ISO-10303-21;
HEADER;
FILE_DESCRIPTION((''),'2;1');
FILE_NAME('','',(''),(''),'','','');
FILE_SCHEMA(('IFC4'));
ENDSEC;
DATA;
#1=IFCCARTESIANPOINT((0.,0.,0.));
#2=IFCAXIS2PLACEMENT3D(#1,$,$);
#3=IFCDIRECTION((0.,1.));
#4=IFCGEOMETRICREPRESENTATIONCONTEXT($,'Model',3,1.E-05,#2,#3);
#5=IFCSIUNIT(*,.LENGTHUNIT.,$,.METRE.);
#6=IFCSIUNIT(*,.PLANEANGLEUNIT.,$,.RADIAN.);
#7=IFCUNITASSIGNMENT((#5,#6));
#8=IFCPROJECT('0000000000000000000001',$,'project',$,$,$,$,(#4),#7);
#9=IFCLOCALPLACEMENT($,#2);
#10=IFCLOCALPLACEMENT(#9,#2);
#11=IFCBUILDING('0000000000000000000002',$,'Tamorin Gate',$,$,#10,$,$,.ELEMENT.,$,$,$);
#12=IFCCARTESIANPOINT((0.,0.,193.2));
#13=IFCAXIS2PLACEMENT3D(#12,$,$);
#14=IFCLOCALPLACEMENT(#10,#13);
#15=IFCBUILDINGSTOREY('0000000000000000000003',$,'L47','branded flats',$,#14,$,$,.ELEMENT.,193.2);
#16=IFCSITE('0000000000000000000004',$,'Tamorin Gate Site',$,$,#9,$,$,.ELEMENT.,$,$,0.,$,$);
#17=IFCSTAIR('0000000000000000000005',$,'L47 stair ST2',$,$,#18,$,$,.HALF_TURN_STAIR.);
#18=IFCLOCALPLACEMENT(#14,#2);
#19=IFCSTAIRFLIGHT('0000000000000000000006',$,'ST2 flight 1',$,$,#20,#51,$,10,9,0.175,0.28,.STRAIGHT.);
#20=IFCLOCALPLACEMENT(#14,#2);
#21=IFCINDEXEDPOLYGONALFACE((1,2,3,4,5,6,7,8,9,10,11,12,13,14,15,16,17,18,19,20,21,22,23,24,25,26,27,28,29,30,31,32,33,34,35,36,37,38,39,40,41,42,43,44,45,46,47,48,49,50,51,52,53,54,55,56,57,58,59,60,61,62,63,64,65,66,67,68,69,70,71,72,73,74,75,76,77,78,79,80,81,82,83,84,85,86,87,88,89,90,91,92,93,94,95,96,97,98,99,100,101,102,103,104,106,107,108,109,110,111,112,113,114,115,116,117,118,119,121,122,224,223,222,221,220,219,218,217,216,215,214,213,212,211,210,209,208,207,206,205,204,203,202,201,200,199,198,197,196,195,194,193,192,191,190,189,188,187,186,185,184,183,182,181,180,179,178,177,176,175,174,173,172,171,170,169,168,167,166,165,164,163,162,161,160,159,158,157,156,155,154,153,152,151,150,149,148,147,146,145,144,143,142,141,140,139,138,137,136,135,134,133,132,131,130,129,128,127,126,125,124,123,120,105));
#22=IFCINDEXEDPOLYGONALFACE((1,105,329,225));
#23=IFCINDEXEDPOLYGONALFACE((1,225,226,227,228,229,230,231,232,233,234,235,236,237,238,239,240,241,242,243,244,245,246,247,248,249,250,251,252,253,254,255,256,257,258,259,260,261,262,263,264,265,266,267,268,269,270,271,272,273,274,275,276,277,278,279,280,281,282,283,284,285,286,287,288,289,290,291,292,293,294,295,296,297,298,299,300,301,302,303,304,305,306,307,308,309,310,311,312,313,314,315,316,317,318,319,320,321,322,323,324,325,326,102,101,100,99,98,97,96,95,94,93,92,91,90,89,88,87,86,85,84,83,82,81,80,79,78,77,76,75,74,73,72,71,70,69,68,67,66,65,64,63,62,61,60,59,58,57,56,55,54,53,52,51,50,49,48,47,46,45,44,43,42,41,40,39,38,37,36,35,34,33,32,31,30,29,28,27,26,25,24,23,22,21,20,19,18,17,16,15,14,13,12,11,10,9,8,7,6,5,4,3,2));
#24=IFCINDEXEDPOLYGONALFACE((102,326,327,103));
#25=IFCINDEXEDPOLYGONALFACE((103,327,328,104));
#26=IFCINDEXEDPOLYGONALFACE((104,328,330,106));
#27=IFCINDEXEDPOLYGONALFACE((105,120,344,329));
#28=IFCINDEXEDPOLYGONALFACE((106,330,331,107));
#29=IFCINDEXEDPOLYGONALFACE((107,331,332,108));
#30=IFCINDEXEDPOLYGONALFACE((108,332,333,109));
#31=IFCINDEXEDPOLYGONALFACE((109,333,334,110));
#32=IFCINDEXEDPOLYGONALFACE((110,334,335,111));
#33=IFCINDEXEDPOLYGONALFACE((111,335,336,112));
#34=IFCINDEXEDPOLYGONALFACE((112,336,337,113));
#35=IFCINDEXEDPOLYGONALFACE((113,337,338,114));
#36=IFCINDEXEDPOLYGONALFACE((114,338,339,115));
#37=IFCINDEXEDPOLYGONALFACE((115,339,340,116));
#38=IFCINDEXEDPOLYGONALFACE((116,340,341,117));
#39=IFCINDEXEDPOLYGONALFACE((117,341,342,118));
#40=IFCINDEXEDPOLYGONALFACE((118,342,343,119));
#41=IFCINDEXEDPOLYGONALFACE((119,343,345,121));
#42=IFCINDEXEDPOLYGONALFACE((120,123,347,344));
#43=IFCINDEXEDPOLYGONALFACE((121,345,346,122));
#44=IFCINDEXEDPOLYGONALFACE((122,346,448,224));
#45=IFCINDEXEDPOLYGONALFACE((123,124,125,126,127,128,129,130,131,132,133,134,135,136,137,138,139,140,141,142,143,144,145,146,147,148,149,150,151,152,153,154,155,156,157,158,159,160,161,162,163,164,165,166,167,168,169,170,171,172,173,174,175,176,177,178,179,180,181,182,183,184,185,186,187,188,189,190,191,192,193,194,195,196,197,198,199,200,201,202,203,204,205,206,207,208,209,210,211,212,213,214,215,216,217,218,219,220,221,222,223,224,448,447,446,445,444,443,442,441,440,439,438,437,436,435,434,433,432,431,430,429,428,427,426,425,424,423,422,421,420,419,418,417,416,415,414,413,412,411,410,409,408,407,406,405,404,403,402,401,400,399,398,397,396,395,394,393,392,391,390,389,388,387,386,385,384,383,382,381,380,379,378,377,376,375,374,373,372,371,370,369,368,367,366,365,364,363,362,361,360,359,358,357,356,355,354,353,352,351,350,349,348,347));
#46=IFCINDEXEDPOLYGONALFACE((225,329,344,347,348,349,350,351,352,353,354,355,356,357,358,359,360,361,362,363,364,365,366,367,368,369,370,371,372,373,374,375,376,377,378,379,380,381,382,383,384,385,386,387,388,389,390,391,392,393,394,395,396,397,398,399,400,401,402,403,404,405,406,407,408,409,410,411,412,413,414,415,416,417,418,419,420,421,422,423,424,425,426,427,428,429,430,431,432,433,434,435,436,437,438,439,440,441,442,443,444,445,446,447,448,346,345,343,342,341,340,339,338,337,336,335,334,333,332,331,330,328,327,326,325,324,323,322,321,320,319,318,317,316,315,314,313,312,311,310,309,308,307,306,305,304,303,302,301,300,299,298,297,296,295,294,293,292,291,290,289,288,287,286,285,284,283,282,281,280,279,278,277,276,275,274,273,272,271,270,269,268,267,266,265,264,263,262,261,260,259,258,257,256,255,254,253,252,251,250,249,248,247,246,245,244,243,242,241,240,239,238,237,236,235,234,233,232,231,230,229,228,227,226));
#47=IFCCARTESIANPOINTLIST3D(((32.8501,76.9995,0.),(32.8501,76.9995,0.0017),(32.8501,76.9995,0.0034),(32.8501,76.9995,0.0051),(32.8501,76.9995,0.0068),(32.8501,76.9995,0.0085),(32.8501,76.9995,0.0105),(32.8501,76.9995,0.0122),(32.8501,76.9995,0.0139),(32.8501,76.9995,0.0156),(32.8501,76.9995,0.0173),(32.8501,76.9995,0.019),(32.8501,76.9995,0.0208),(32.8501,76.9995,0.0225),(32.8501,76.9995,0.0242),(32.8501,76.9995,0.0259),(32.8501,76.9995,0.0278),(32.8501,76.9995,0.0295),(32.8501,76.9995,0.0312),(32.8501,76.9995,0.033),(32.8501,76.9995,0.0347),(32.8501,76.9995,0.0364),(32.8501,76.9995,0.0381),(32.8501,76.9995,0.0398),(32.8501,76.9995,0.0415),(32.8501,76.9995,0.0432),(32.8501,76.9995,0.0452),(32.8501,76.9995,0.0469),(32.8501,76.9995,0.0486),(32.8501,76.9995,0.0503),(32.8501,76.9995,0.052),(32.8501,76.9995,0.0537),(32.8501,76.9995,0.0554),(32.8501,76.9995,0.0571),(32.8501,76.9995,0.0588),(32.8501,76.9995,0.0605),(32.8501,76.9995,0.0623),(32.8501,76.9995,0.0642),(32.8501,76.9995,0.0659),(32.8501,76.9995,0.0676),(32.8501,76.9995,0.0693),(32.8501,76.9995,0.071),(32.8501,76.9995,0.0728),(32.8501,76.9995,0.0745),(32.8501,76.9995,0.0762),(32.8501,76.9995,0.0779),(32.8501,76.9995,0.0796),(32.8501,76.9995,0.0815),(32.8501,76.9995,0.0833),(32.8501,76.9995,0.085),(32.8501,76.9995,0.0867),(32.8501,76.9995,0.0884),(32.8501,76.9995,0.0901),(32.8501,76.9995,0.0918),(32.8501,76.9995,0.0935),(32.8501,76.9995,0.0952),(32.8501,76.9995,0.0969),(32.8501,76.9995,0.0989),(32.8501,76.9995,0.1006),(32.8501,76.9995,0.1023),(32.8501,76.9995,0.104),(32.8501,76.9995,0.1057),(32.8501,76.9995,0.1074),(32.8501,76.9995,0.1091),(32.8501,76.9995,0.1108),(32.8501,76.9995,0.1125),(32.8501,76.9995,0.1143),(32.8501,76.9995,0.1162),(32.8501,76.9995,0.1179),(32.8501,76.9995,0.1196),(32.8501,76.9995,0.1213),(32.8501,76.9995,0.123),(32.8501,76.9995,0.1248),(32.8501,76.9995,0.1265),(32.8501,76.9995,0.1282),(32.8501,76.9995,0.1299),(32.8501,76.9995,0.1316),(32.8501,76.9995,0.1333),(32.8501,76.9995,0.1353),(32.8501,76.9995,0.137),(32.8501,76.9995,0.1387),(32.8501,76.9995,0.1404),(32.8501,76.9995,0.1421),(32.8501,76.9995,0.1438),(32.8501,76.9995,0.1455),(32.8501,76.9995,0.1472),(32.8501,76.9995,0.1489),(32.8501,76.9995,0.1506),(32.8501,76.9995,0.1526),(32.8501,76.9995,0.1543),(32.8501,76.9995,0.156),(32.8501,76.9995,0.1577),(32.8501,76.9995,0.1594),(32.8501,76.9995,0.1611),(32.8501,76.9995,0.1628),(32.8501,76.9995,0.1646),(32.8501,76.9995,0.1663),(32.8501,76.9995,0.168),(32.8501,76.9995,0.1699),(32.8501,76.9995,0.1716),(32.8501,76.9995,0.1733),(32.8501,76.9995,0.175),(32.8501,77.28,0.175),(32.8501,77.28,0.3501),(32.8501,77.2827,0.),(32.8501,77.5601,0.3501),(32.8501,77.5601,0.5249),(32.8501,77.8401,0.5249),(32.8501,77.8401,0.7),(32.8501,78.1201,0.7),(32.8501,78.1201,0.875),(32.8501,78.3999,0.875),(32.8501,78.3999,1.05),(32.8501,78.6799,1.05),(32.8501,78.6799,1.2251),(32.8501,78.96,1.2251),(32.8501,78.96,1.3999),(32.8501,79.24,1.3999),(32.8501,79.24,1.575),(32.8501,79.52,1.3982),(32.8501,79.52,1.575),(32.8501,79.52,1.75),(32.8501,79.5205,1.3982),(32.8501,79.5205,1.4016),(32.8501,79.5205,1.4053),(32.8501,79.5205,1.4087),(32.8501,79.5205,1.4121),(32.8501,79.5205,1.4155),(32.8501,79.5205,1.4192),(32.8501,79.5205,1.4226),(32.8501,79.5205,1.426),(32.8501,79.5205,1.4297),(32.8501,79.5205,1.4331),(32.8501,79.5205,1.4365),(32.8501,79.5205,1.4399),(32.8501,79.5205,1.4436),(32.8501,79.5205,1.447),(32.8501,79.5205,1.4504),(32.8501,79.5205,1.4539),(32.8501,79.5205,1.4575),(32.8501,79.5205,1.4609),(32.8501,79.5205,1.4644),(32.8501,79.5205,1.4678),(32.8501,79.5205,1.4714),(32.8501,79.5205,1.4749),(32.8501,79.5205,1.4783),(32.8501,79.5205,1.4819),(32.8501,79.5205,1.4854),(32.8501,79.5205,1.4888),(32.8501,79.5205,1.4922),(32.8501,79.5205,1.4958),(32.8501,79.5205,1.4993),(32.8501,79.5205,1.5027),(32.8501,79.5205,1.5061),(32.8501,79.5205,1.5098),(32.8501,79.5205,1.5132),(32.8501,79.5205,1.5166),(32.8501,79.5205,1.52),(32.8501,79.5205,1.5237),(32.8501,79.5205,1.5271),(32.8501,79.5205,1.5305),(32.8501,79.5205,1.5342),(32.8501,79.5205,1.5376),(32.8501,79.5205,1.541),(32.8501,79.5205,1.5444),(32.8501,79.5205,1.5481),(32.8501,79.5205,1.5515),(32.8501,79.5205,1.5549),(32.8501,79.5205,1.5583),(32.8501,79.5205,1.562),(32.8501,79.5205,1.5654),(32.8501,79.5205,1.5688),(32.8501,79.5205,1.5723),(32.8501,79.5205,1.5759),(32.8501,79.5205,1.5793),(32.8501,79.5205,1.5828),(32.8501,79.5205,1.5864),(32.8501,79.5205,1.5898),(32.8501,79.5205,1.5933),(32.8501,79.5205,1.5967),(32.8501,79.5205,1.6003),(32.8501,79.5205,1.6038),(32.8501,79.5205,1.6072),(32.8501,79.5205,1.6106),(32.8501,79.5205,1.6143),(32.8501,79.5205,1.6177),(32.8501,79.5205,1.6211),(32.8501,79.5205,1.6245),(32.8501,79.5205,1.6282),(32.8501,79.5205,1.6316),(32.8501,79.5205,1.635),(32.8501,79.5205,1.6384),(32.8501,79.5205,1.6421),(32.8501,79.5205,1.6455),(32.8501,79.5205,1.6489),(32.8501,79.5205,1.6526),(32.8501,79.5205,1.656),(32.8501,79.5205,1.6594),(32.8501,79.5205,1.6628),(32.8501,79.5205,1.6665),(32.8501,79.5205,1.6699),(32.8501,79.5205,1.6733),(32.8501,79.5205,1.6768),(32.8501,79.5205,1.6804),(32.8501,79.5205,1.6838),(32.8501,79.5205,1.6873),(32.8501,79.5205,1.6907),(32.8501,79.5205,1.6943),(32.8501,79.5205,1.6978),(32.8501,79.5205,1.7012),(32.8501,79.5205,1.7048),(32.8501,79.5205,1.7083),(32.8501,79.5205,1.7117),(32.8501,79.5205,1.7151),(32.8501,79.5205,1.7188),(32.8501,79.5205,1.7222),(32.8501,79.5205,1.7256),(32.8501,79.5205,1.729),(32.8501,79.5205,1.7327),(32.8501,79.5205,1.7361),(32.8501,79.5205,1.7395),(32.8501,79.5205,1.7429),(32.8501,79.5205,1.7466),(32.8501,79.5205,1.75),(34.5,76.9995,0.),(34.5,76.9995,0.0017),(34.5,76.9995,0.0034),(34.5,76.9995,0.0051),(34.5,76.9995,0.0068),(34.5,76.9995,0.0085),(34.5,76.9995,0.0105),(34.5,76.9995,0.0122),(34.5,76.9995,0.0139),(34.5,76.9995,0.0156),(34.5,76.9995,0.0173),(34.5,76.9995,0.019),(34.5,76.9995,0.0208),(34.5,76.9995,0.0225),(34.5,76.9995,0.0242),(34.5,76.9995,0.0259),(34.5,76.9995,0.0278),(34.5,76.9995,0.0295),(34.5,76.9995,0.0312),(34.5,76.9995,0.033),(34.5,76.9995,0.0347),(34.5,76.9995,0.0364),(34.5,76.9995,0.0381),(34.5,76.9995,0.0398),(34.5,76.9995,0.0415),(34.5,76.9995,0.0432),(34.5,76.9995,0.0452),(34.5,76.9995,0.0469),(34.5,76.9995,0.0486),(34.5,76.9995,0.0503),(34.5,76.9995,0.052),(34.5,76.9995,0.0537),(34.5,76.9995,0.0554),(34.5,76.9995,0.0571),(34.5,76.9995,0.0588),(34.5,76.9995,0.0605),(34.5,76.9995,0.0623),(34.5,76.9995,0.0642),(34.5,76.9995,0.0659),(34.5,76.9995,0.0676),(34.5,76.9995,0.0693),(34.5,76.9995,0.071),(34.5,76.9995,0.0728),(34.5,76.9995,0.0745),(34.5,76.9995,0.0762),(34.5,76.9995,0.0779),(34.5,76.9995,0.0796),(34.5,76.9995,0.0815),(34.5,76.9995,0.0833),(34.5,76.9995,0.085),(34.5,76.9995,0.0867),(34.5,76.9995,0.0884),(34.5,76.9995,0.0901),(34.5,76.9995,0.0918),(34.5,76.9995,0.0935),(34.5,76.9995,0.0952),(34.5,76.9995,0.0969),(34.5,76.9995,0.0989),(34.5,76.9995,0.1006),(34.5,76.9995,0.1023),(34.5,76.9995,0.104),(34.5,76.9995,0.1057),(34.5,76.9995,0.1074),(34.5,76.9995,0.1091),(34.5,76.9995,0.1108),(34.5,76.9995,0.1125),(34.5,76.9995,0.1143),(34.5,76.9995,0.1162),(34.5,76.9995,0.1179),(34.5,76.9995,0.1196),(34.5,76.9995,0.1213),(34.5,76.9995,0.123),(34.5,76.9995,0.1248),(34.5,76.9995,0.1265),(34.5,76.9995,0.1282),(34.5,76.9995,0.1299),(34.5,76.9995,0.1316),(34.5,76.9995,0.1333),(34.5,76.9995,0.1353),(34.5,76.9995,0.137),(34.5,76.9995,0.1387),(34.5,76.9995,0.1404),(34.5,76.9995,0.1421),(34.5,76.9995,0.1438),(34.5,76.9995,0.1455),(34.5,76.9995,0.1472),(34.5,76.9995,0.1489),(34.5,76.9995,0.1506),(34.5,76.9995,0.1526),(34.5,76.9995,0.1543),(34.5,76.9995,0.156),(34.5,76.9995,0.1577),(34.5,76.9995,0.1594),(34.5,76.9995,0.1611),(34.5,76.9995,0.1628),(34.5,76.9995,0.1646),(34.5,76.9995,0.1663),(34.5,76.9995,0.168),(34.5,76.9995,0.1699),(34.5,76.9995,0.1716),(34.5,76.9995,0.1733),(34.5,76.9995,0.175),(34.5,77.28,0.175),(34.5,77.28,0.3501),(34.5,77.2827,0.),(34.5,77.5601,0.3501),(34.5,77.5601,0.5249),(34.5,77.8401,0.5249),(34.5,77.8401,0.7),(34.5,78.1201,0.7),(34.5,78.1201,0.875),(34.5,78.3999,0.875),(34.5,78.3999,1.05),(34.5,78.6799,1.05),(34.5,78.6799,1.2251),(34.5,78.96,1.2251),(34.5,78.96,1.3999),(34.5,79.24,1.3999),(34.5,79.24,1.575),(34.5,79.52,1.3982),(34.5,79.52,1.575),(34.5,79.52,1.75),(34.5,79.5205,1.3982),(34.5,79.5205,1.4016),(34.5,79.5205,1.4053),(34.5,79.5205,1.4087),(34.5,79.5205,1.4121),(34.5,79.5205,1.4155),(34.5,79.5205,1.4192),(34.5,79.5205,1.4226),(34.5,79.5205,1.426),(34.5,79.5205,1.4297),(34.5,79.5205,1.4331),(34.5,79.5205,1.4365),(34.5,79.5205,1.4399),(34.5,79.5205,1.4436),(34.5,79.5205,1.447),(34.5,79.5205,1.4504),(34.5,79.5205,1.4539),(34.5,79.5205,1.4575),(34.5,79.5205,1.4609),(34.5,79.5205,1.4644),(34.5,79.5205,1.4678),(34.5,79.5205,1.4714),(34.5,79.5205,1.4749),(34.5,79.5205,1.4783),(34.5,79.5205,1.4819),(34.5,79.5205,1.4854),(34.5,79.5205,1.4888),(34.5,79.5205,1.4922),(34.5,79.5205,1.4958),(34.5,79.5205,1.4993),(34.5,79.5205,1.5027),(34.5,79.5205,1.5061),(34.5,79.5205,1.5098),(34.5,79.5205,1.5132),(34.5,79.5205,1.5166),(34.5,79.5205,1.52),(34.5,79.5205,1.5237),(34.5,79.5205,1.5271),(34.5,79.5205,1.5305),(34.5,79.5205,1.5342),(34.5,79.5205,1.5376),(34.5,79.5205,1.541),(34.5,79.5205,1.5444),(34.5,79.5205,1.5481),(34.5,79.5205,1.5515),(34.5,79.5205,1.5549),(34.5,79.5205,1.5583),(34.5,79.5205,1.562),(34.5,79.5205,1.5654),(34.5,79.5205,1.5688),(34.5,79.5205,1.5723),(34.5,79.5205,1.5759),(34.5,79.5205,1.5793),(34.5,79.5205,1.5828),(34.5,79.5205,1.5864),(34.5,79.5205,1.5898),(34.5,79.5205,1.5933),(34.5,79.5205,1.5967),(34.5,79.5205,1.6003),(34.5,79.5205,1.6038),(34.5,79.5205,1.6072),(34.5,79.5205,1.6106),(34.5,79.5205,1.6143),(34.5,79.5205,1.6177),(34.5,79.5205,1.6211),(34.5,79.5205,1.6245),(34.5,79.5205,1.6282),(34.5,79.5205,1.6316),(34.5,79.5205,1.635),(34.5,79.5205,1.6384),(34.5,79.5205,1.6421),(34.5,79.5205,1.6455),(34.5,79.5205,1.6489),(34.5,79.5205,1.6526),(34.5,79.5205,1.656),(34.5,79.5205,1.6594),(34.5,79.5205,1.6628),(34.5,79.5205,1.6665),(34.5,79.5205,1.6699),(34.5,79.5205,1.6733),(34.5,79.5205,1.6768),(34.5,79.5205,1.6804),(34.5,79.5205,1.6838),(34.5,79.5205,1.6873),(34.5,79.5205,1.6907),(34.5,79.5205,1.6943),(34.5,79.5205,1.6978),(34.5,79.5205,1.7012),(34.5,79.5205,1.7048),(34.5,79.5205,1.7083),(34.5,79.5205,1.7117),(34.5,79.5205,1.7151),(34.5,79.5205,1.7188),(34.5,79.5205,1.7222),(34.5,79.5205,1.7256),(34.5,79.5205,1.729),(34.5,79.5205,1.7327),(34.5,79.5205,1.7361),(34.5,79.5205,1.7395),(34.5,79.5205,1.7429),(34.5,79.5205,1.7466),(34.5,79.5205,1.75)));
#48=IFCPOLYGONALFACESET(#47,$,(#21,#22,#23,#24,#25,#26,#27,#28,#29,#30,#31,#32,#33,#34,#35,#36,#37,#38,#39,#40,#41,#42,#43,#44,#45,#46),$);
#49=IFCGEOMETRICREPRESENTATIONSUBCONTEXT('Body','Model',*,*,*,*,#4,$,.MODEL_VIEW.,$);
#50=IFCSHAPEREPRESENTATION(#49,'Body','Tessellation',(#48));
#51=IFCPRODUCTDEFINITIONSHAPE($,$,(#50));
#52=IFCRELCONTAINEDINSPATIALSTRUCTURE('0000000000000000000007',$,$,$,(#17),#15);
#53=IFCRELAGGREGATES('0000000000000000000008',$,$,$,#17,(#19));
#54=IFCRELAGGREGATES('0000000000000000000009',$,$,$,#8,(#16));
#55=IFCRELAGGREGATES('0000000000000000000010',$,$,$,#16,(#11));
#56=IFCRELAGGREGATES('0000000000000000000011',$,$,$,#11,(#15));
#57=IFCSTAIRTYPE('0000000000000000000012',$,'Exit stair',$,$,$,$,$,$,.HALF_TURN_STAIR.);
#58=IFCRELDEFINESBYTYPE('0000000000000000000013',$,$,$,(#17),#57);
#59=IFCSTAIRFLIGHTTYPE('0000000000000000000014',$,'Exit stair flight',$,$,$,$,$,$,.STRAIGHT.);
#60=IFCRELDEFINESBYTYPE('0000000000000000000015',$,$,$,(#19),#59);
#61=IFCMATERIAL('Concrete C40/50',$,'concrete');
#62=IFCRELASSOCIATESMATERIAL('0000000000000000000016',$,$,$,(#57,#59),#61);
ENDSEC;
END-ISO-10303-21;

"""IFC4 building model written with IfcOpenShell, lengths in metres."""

from ifc_helpers import new_model, si_unit, direction, frame, origin, place, context, subcontext, project, spatial, polyline, outline, extrude, material, type_object, element, aggregate, save


model = new_model("IFC4")

# Units and contexts
model_context = context("Model", 3, precision=1e-05, world=origin(), true_north=direction((0.0, 1.0)))
body_context = subcontext(model_context, "Body", "Model", "MODEL_VIEW")
ifc_project = project(units=[si_unit("LENGTHUNIT", "METRE"), si_unit("PLANEANGLEUNIT", "RADIAN")], contexts=[model_context])

# Site, building, storey
site_placement = place(None, origin())
site = spatial("IfcSite", under=ifc_project, at=site_placement, Name="Tamorin Gate Site", CompositionType="ELEMENT", RefElevation=0.0)
building_placement = place(site_placement, origin())
building = spatial("IfcBuilding", under=site, at=building_placement, Name="Tamorin Gate", CompositionType="ELEMENT")
storey_placement = place(building_placement, frame((0.0, 0.0, 193.2)))
storey = spatial("IfcBuildingStorey", under=building, at=storey_placement, Name="L47", Description="branded flats", CompositionType="ELEMENT", Elevation=193.2)

# Shared definitions
ifc_material_1 = material(Name="Concrete C40/50", Category="concrete")

# Shared definitions
stair_type = type_object("IfcStairType", Name="Exit stair", PredefinedType="HALF_TURN_STAIR", material=ifc_material_1)
stair_flight_type = type_object("IfcStairFlightType", Name="Exit stair flight", PredefinedType="STRAIGHT", material=ifc_material_1)

# Stair, stair flight
stair_1_placement = place(storey_placement, origin())
stair_1 = element("IfcStair", 1, at=stair_1_placement, inside=storey, type_object=stair_type, Name="L47 stair ST2", PredefinedType="HALF_TURN_STAIR")
stair_flight_1_placement = place(storey_placement, frame((33.675, 77.0, 0.0), z_axis=(0.0, 0.0, 1.0), x_axis=(0.0, 1.0, 0.0)))
stair_flight_1 = element("IfcStairFlight", 2, at=stair_flight_1_placement, type_object=stair_flight_type, Name="ST2 flight 1", NumberOfRisers=10, NumberOfTreads=9, PredefinedType="STRAIGHT", RiserHeight=0.175, TreadLength=0.28, context=body_context, shape_type="SweptSolid", body=[
    extrude(outline(polyline([(-0.0005, 0.0), (-0.0005, 0.0017), (-0.0005, 0.0034), (-0.0005, 0.0051), (-0.0005, 0.0068), (-0.0005, 0.0085), (-0.0005, 0.0105), (-0.0005, 0.0122), (-0.0005, 0.0139), (-0.0005, 0.0156), (-0.0005, 0.0173), (-0.0005, 0.019), (-0.0005, 0.0208), (-0.0005, 0.0225), (-0.0005, 0.0242), (-0.0005, 0.0259), (-0.0005, 0.0278), (-0.0005, 0.0295), (-0.0005, 0.0312), (-0.0005, 0.033), (-0.0005, 0.0347), (-0.0005, 0.0364), (-0.0005, 0.0381), (-0.0005, 0.0398), (-0.0005, 0.0415), (-0.0005, 0.0432), (-0.0005, 0.0452), (-0.0005, 0.0469), (-0.0005, 0.0486), (-0.0005, 0.0503), (-0.0005, 0.052), (-0.0005, 0.0537), (-0.0005, 0.0554), (-0.0005, 0.0571), (-0.0005, 0.0588), (-0.0005, 0.0605), (-0.0005, 0.0623), (-0.0005, 0.0642), (-0.0005, 0.0659), (-0.0005, 0.0676), (-0.0005, 0.0693), (-0.0005, 0.071), (-0.0005, 0.0728), (-0.0005, 0.0745), (-0.0005, 0.0762), (-0.0005, 0.0779), (-0.0005, 0.0796), (-0.0005, 0.0815), (-0.0005, 0.0833), (-0.0005, 0.085), (-0.0005, 0.0867), (-0.0005, 0.0884), (-0.0005, 0.0901), (-0.0005, 0.0918), (-0.0005, 0.0935), (-0.0005, 0.0952), (-0.0005, 0.0969), (-0.0005, 0.0989), (-0.0005, 0.1006), (-0.0005, 0.1023), (-0.0005, 0.104), (-0.0005, 0.1057), (-0.0005, 0.1074), (-0.0005, 0.1091), (-0.0005, 0.1108), (-0.0005, 0.1125), (-0.0005, 0.1143), (-0.0005, 0.1162), (-0.0005, 0.1179), (-0.0005, 0.1196), (-0.0005, 0.1213), (-0.0005, 0.123), (-0.0005, 0.1248), (-0.0005, 0.1265), (-0.0005, 0.1282), (-0.0005, 0.1299), (-0.0005, 0.1316), (-0.0005, 0.1333), (-0.0005, 0.1353), (-0.0005, 0.137), (-0.0005, 0.1387), (-0.0005, 0.1404), (-0.0005, 0.1421), (-0.0005, 0.1438), (-0.0005, 0.1455), (-0.0005, 0.1472), (-0.0005, 0.1489), (-0.0005, 0.1506), (-0.0005, 0.1526), (-0.0005, 0.1543), (-0.0005, 0.156), (-0.0005, 0.1577), (-0.0005, 0.1594), (-0.0005, 0.1611), (-0.0005, 0.1628), (-0.0005, 0.1646), (-0.0005, 0.1663), (-0.0005, 0.168), (-0.0005, 0.1699), (-0.0005, 0.1716), (-0.0005, 0.1733), (-0.0005, 0.175), (0.28, 0.175), (0.28, 0.3501), (0.5601, 0.3501), (0.5601, 0.5249), (0.8401, 0.5249), (0.8401, 0.7), (1.1201, 0.7), (1.1201, 0.875), (1.3999, 0.875), (1.3999, 1.05), (1.6799, 1.05), (1.6799, 1.2251), (1.96, 1.2251), (1.96, 1.3999), (2.24, 1.3999), (2.24, 1.575), (2.52, 1.575), (2.52, 1.75), (2.5205, 1.75), (2.5205, 1.7466), (2.5205, 1.7429), (2.5205, 1.7395), (2.5205, 1.7361), (2.5205, 1.7327), (2.5205, 1.729), (2.5205, 1.7256), (2.5205, 1.7222), (2.5205, 1.7188), (2.5205, 1.7151), (2.5205, 1.7117), (2.5205, 1.7083), (2.5205, 1.7048), (2.5205, 1.7012), (2.5205, 1.6978), (2.5205, 1.6943), (2.5205, 1.6907), (2.5205, 1.6873), (2.5205, 1.6838), (2.5205, 1.6804), (2.5205, 1.6768), (2.5205, 1.6733), (2.5205, 1.6699), (2.5205, 1.6665), (2.5205, 1.6628), (2.5205, 1.6594), (2.5205, 1.656), (2.5205, 1.6526), (2.5205, 1.6489), (2.5205, 1.6455), (2.5205, 1.6421), (2.5205, 1.6384), (2.5205, 1.635), (2.5205, 1.6316), (2.5205, 1.6282), (2.5205, 1.6245), (2.5205, 1.6211), (2.5205, 1.6177), (2.5205, 1.6143), (2.5205, 1.6106), (2.5205, 1.6072), (2.5205, 1.6038), (2.5205, 1.6003), (2.5205, 1.5967), (2.5205, 1.5933), (2.5205, 1.5898), (2.5205, 1.5864), (2.5205, 1.5828), (2.5205, 1.5793), (2.5205, 1.5759), (2.5205, 1.5723), (2.5205, 1.5688), (2.5205, 1.5654), (2.5205, 1.562), (2.5205, 1.5583), (2.5205, 1.5549), (2.5205, 1.5515), (2.5205, 1.5481), (2.5205, 1.5444), (2.5205, 1.541), (2.5205, 1.5376), (2.5205, 1.5342), (2.5205, 1.5305), (2.5205, 1.5271), (2.5205, 1.5237), (2.5205, 1.52), (2.5205, 1.5166), (2.5205, 1.5132), (2.5205, 1.5098), (2.5205, 1.5061), (2.5205, 1.5027), (2.5205, 1.4993), (2.5205, 1.4958), (2.5205, 1.4922), (2.5205, 1.4888), (2.5205, 1.4854), (2.5205, 1.4819), (2.5205, 1.4783), (2.5205, 1.4749), (2.5205, 1.4714), (2.5205, 1.4678), (2.5205, 1.4644), (2.5205, 1.4609), (2.5205, 1.4575), (2.5205, 1.4539), (2.5205, 1.4504), (2.5205, 1.447), (2.5205, 1.4436), (2.5205, 1.4399), (2.5205, 1.4365), (2.5205, 1.4331), (2.5205, 1.4297), (2.5205, 1.426), (2.5205, 1.4226), (2.5205, 1.4192), (2.5205, 1.4155), (2.5205, 1.4121), (2.5205, 1.4087), (2.5205, 1.4053), (2.5205, 1.4016), (2.5205, 1.3982), (2.52, 1.3982), (0.2827, 0.0), (-0.0005, 0.0)])), frame((0.0, 0.825, 0.0), z_axis=(0.0, -1.0, 0.0), x_axis=(1.0, 0.0, 0.0)), (0.0, 0.0, 1.0), 1.6499),
])
aggregate(stair_1, [stair_flight_1])

save(model, "model.ifc")
